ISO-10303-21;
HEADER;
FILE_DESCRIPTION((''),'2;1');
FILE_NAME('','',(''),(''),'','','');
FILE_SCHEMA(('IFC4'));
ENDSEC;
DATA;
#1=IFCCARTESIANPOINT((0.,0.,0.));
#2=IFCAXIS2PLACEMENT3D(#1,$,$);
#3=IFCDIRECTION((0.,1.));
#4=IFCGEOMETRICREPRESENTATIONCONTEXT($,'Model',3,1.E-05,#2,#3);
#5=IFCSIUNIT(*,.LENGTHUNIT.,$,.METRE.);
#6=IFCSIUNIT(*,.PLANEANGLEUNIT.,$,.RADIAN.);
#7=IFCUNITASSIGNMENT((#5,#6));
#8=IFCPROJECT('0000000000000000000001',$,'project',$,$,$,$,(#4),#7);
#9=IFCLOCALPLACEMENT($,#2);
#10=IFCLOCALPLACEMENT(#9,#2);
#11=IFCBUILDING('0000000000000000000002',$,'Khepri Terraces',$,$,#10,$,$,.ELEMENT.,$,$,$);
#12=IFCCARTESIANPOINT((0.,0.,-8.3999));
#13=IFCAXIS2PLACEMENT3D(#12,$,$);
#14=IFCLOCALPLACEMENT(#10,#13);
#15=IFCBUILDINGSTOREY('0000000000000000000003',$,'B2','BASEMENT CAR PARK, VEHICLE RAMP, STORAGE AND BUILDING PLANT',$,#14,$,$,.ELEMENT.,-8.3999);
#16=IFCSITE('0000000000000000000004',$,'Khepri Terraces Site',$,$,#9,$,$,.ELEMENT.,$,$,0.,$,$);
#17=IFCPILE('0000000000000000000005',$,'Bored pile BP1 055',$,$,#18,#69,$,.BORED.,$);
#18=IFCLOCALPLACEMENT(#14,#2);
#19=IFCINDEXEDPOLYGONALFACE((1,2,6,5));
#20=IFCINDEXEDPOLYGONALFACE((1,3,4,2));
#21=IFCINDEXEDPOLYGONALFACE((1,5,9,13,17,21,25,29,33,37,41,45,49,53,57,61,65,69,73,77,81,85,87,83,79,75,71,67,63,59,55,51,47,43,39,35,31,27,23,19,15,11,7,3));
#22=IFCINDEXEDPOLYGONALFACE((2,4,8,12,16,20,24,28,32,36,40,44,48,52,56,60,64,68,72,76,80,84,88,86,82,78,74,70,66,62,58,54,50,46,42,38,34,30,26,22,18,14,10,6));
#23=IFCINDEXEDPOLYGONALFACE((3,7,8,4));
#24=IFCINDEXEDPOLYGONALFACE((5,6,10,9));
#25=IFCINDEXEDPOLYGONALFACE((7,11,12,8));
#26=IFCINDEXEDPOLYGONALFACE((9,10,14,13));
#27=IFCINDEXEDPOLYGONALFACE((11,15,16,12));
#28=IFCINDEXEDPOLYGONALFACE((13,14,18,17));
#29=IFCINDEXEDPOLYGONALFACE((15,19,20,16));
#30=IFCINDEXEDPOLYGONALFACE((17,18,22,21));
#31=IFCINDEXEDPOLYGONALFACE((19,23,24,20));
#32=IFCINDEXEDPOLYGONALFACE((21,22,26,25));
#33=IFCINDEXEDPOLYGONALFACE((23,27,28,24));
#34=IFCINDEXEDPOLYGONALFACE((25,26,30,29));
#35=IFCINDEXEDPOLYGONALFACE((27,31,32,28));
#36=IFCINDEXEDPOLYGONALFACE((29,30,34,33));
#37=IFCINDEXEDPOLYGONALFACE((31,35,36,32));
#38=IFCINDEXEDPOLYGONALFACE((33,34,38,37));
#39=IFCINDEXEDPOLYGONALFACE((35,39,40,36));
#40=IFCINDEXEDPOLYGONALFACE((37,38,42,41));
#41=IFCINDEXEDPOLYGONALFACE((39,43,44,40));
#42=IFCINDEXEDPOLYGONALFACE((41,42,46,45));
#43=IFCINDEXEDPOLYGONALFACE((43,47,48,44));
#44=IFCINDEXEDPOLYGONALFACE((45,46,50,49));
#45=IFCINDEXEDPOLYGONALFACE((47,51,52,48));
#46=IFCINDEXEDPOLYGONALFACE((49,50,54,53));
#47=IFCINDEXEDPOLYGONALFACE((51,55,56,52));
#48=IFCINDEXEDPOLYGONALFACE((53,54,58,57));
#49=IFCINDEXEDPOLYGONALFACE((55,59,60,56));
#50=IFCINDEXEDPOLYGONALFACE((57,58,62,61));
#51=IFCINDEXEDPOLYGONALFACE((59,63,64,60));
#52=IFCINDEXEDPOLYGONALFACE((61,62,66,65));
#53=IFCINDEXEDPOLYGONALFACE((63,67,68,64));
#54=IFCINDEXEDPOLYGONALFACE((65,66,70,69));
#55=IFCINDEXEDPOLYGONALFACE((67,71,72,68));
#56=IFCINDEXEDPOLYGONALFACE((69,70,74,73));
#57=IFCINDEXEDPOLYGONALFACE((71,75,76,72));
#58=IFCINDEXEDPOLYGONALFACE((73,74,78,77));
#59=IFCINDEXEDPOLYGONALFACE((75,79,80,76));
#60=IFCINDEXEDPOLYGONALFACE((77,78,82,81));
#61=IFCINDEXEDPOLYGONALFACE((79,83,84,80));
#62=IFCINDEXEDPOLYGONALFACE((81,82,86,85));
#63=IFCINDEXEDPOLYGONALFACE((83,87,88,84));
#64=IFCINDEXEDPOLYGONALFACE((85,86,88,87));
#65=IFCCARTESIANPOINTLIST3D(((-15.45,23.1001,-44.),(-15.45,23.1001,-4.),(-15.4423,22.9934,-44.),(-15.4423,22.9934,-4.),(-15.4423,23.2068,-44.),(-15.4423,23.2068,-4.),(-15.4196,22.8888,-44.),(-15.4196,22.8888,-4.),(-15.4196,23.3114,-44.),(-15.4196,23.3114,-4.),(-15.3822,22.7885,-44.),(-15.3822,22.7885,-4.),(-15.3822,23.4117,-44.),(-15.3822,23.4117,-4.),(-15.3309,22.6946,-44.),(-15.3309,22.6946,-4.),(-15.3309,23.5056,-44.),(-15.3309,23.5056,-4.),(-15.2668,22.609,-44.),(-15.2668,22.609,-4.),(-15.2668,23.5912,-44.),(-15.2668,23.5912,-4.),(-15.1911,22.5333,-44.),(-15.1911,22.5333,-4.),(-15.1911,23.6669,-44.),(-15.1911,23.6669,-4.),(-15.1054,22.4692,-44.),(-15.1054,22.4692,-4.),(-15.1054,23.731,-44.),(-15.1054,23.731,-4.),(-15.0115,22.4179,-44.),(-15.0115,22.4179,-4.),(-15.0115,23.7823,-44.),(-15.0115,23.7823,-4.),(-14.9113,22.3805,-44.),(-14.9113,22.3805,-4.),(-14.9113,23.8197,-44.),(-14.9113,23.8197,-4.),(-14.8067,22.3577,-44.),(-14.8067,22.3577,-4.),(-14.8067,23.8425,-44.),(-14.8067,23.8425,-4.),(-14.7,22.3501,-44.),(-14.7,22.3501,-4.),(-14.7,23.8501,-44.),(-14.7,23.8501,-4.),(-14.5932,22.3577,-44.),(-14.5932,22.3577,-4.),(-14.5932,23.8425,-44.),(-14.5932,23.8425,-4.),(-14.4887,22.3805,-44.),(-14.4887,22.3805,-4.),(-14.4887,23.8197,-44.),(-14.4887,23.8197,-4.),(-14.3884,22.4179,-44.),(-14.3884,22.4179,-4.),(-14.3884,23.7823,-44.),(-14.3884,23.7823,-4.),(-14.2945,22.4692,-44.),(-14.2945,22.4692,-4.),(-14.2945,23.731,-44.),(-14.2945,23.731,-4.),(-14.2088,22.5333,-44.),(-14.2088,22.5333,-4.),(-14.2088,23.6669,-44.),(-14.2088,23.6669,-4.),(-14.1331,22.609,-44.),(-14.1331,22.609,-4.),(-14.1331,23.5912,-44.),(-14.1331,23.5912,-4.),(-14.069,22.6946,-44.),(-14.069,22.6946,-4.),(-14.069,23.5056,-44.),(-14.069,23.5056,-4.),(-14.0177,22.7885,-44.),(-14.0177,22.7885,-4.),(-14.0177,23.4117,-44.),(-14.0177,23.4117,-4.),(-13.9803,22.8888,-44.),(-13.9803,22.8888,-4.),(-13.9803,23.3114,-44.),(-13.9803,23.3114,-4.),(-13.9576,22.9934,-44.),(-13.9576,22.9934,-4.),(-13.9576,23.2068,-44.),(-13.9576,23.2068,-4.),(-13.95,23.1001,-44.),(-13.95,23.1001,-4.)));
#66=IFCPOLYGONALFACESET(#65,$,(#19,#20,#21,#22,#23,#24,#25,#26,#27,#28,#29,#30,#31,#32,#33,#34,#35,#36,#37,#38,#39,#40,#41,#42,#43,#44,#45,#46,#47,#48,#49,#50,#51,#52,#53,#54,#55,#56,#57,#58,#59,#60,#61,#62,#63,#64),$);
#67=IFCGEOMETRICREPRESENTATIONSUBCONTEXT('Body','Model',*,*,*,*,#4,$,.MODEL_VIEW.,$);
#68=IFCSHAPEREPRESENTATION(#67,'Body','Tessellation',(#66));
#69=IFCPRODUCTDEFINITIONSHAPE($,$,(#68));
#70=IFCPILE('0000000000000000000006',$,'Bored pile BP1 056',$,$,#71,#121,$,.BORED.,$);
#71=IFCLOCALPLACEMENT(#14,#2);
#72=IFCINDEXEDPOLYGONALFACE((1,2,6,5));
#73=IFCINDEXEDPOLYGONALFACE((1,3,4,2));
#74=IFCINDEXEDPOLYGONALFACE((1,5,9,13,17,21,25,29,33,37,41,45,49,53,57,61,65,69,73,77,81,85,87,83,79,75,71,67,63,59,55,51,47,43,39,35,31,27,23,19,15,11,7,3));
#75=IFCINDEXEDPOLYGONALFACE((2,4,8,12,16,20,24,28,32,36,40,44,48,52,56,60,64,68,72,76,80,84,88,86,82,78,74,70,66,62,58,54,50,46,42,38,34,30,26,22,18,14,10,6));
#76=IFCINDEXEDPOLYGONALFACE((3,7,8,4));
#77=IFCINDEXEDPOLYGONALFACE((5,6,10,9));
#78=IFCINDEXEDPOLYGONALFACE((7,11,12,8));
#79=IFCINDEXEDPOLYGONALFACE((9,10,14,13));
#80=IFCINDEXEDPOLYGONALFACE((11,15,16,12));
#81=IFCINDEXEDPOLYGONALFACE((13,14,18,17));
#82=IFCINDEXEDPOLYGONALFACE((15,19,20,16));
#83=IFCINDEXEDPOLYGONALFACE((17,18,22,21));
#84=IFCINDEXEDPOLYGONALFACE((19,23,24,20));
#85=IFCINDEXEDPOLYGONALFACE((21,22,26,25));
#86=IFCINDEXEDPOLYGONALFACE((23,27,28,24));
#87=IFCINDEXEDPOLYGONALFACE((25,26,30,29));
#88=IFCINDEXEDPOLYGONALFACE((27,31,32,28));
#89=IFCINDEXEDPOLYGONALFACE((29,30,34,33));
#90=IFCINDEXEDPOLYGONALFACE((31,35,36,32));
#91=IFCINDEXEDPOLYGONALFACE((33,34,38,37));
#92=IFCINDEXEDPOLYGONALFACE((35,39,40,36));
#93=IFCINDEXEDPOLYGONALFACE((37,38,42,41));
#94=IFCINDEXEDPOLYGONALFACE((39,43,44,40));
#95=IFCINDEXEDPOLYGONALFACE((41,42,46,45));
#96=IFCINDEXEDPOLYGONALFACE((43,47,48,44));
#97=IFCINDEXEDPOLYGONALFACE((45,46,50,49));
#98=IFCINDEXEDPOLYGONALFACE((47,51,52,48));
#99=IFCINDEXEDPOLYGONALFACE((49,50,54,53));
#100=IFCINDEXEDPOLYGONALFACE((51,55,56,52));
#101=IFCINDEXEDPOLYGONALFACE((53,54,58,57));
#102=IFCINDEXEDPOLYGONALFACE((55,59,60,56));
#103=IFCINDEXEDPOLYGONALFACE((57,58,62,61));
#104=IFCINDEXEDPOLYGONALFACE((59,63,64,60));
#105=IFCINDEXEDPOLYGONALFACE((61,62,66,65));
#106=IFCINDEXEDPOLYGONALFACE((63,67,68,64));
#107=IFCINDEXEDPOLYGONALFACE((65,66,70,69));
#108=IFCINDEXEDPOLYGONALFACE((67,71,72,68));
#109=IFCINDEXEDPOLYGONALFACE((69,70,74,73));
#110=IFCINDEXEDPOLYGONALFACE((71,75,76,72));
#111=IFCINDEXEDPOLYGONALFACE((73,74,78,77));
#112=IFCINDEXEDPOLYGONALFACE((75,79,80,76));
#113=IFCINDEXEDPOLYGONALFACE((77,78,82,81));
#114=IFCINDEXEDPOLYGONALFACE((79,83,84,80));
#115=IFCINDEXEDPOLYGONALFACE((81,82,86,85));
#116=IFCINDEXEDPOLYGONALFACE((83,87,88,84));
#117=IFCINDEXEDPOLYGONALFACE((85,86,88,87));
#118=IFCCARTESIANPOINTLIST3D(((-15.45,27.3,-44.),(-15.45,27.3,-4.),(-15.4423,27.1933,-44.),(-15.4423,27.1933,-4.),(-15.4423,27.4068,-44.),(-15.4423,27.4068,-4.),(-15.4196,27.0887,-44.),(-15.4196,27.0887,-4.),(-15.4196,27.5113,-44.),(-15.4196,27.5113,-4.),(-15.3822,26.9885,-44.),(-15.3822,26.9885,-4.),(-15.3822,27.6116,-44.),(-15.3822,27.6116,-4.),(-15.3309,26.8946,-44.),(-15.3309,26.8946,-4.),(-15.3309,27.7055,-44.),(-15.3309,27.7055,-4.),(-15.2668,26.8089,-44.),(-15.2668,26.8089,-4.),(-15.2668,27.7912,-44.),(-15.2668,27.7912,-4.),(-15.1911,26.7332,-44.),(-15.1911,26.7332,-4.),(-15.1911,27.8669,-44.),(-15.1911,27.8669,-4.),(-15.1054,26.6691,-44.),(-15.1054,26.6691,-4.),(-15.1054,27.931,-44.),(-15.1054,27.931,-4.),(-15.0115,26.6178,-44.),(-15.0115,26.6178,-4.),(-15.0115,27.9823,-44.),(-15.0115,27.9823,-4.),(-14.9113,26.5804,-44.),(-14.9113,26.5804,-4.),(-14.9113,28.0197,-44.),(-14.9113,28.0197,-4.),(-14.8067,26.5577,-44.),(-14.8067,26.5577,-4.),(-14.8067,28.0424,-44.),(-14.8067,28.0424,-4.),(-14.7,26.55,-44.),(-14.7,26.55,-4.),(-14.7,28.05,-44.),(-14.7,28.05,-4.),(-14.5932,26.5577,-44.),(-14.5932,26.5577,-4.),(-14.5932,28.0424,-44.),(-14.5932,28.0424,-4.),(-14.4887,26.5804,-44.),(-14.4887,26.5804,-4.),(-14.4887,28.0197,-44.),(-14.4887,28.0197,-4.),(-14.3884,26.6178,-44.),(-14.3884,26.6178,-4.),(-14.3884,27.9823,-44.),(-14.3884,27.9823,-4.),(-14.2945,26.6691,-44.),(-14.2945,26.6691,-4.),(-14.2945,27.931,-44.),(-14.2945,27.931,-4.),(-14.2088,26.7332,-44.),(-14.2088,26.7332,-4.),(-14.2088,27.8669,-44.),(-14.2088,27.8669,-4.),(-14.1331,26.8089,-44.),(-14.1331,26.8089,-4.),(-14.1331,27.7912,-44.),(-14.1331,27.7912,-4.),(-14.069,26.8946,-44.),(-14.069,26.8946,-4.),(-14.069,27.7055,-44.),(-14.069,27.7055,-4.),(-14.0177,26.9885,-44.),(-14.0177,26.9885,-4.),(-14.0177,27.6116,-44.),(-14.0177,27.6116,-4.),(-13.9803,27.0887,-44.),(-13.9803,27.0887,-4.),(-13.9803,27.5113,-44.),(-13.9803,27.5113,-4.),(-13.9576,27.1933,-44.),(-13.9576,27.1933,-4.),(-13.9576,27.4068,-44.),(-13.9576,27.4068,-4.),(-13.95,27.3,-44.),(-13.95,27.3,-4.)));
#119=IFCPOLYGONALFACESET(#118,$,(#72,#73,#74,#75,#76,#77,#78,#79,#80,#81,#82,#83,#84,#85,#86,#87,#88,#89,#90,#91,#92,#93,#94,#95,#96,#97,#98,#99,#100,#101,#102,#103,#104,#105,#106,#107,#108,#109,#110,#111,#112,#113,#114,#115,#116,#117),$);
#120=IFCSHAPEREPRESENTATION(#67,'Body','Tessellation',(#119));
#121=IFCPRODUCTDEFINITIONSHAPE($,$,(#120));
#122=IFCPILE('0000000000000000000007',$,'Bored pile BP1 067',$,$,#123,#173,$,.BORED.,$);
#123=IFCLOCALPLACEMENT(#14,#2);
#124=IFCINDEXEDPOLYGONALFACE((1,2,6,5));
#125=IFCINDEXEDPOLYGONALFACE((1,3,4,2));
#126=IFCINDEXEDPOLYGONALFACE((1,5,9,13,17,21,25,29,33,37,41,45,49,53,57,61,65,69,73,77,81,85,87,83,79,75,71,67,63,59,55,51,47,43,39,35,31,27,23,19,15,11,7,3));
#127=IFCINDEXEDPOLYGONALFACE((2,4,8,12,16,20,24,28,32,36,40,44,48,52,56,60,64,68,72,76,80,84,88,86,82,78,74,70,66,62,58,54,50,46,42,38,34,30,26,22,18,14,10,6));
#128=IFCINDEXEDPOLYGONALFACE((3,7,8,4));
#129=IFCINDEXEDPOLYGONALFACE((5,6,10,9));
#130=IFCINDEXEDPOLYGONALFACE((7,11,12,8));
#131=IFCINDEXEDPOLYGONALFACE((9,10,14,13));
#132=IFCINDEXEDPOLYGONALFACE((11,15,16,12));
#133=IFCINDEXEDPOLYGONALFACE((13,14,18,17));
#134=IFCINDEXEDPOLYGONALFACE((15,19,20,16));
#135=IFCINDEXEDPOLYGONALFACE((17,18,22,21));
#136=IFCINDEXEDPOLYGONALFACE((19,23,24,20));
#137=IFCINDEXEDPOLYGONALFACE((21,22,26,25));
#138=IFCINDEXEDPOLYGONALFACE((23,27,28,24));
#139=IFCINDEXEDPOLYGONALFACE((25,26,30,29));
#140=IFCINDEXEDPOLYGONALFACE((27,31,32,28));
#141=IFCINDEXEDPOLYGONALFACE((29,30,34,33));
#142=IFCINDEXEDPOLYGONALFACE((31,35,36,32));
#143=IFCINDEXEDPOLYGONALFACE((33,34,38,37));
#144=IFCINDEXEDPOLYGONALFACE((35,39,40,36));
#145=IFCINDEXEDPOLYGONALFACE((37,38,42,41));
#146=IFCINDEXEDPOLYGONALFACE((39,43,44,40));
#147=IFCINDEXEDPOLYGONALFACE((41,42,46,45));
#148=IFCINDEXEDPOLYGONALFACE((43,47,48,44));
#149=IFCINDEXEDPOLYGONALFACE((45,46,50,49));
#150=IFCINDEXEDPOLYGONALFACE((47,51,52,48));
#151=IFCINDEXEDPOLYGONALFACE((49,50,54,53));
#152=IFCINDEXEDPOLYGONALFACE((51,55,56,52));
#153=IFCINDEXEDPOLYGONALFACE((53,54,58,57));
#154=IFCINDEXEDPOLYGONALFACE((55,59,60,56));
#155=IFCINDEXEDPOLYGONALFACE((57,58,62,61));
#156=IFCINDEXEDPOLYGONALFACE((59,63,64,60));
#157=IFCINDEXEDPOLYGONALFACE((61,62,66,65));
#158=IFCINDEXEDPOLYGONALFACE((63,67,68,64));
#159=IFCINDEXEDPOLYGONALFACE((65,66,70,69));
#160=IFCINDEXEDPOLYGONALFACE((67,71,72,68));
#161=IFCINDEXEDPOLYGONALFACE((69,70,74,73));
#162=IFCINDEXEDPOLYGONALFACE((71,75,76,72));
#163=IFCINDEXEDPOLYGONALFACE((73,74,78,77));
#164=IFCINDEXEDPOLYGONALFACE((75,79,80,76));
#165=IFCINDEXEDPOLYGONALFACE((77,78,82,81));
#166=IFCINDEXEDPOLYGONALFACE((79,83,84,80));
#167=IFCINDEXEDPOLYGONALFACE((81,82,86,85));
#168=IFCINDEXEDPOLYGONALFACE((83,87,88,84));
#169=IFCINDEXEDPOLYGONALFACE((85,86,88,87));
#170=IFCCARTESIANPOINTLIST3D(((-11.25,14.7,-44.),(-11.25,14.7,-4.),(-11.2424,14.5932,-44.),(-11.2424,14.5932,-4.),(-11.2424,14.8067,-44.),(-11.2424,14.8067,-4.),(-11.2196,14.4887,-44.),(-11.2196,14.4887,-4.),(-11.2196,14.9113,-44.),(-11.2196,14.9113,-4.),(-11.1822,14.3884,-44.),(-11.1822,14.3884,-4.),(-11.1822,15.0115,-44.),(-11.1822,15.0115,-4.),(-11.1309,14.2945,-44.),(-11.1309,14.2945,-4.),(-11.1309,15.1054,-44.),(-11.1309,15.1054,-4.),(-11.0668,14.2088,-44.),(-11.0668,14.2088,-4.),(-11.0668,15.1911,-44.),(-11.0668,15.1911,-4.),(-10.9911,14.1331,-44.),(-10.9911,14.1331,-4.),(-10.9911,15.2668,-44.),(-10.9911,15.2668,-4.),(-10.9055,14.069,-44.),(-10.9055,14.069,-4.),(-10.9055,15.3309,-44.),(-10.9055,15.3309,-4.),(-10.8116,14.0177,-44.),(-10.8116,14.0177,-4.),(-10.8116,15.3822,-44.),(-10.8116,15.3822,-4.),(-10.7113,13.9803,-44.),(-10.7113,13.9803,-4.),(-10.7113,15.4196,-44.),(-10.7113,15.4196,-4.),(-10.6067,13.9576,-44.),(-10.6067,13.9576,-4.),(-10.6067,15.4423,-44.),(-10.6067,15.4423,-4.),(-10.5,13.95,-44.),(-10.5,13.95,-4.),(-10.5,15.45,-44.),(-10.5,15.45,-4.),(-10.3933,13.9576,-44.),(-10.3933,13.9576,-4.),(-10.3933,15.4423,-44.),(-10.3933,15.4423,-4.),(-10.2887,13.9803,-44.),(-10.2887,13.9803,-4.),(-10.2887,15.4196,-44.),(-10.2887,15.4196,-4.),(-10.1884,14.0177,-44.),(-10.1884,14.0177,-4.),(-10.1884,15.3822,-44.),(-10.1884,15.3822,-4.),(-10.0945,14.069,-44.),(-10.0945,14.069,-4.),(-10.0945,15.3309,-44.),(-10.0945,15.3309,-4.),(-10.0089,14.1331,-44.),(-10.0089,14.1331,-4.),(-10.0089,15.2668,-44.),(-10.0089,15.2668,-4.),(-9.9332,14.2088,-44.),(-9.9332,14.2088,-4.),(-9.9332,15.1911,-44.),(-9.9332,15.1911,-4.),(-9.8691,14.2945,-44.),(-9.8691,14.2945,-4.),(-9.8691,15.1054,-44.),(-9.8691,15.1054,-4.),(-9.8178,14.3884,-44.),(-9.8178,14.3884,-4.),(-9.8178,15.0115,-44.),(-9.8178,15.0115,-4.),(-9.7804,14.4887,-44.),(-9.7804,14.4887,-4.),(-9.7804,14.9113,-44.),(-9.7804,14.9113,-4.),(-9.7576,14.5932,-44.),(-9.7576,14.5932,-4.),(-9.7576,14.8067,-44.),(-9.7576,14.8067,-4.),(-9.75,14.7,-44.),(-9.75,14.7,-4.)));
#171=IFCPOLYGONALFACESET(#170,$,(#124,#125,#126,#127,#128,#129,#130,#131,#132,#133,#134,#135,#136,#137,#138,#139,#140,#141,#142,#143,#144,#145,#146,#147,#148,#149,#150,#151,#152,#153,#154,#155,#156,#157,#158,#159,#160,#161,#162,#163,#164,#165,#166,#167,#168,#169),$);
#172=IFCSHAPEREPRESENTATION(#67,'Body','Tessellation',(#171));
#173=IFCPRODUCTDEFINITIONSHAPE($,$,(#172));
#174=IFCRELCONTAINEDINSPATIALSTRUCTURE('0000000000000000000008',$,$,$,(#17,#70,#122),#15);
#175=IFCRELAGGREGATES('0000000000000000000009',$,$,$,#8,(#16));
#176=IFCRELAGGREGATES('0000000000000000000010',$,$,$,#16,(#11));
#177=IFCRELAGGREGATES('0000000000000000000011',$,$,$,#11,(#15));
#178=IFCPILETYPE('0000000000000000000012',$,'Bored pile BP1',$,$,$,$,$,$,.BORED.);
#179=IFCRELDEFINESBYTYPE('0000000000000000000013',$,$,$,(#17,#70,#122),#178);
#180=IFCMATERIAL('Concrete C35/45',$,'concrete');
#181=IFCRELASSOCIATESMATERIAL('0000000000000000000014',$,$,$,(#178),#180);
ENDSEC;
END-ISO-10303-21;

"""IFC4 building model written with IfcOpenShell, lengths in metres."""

from ifc_helpers import new_model, si_unit, direction, frame, origin, origin_2d, place, context, subcontext, project, spatial, circle, extrude, material, material_profile, profile_set, type_object, element, save


model = new_model("IFC4")

# Units and contexts
model_context = context("Model", 3, precision=1e-05, world=origin(), true_north=direction((0.0, 1.0)))
body_context = subcontext(model_context, "Body", "Model", "MODEL_VIEW")
ifc_project = project(units=[si_unit("LENGTHUNIT", "METRE"), si_unit("PLANEANGLEUNIT", "RADIAN")], contexts=[model_context])

# Site, building, storey
site_placement = place(None, origin())
site = spatial("IfcSite", under=ifc_project, at=site_placement, Name="Khepri Terraces Site", CompositionType="ELEMENT", RefElevation=0.0)
building_placement = place(site_placement, origin())
building = spatial("IfcBuilding", under=site, at=building_placement, Name="Khepri Terraces", CompositionType="ELEMENT")
storey_placement = place(building_placement, frame((0.0, 0.0, -8.3999)))
storey = spatial("IfcBuildingStorey", under=building, at=storey_placement, Name="B2", Description="BASEMENT CAR PARK, VEHICLE RAMP, STORAGE AND BUILDING PLANT", CompositionType="ELEMENT", Elevation=-8.3999)

# Piles
ifc_material_1 = material(Name="Concrete C35/45", Category="concrete")
ifc_material_profile_1 = material_profile(ifc_material_1, circle(Radius=0.75, at=origin_2d()), Name="Concrete C35/45", Category="concrete")
ifc_profile_set_1 = profile_set([ifc_material_profile_1], Name="Concrete C35/45")
pile_type = type_object("IfcPileType", Name="Bored pile BP1", PredefinedType="BORED", material=ifc_profile_set_1)
for number, where, z_axis, x_axis, name in (
    (1, (-14.7, 23.1001, -4.0), (0.0, 0.0, -1.0), (1.0, 0.0, 0.0), "Bored pile BP1 055"),
    (2, (-14.7, 27.3, -4.0), (0.0, 0.0, -1.0), (1.0, 0.0, 0.0), "Bored pile BP1 056"),
    (3, (-10.5, 14.7, -4.0), (0.0, 0.0, -1.0), (1.0, 0.0, 0.0), "Bored pile BP1 067"),
):
    element("IfcPile", number, at=place(storey_placement, frame(where, z_axis=z_axis, x_axis=x_axis)), inside=storey, type_object=pile_type, Name=name, PredefinedType="BORED", context=body_context, shape_type="SweptSolid", body=[
        extrude(circle(Radius=0.75, at=origin_2d()), origin(), (0.0, 0.0, 1.0), 40.0),
    ])

save(model, "model.ifc")
